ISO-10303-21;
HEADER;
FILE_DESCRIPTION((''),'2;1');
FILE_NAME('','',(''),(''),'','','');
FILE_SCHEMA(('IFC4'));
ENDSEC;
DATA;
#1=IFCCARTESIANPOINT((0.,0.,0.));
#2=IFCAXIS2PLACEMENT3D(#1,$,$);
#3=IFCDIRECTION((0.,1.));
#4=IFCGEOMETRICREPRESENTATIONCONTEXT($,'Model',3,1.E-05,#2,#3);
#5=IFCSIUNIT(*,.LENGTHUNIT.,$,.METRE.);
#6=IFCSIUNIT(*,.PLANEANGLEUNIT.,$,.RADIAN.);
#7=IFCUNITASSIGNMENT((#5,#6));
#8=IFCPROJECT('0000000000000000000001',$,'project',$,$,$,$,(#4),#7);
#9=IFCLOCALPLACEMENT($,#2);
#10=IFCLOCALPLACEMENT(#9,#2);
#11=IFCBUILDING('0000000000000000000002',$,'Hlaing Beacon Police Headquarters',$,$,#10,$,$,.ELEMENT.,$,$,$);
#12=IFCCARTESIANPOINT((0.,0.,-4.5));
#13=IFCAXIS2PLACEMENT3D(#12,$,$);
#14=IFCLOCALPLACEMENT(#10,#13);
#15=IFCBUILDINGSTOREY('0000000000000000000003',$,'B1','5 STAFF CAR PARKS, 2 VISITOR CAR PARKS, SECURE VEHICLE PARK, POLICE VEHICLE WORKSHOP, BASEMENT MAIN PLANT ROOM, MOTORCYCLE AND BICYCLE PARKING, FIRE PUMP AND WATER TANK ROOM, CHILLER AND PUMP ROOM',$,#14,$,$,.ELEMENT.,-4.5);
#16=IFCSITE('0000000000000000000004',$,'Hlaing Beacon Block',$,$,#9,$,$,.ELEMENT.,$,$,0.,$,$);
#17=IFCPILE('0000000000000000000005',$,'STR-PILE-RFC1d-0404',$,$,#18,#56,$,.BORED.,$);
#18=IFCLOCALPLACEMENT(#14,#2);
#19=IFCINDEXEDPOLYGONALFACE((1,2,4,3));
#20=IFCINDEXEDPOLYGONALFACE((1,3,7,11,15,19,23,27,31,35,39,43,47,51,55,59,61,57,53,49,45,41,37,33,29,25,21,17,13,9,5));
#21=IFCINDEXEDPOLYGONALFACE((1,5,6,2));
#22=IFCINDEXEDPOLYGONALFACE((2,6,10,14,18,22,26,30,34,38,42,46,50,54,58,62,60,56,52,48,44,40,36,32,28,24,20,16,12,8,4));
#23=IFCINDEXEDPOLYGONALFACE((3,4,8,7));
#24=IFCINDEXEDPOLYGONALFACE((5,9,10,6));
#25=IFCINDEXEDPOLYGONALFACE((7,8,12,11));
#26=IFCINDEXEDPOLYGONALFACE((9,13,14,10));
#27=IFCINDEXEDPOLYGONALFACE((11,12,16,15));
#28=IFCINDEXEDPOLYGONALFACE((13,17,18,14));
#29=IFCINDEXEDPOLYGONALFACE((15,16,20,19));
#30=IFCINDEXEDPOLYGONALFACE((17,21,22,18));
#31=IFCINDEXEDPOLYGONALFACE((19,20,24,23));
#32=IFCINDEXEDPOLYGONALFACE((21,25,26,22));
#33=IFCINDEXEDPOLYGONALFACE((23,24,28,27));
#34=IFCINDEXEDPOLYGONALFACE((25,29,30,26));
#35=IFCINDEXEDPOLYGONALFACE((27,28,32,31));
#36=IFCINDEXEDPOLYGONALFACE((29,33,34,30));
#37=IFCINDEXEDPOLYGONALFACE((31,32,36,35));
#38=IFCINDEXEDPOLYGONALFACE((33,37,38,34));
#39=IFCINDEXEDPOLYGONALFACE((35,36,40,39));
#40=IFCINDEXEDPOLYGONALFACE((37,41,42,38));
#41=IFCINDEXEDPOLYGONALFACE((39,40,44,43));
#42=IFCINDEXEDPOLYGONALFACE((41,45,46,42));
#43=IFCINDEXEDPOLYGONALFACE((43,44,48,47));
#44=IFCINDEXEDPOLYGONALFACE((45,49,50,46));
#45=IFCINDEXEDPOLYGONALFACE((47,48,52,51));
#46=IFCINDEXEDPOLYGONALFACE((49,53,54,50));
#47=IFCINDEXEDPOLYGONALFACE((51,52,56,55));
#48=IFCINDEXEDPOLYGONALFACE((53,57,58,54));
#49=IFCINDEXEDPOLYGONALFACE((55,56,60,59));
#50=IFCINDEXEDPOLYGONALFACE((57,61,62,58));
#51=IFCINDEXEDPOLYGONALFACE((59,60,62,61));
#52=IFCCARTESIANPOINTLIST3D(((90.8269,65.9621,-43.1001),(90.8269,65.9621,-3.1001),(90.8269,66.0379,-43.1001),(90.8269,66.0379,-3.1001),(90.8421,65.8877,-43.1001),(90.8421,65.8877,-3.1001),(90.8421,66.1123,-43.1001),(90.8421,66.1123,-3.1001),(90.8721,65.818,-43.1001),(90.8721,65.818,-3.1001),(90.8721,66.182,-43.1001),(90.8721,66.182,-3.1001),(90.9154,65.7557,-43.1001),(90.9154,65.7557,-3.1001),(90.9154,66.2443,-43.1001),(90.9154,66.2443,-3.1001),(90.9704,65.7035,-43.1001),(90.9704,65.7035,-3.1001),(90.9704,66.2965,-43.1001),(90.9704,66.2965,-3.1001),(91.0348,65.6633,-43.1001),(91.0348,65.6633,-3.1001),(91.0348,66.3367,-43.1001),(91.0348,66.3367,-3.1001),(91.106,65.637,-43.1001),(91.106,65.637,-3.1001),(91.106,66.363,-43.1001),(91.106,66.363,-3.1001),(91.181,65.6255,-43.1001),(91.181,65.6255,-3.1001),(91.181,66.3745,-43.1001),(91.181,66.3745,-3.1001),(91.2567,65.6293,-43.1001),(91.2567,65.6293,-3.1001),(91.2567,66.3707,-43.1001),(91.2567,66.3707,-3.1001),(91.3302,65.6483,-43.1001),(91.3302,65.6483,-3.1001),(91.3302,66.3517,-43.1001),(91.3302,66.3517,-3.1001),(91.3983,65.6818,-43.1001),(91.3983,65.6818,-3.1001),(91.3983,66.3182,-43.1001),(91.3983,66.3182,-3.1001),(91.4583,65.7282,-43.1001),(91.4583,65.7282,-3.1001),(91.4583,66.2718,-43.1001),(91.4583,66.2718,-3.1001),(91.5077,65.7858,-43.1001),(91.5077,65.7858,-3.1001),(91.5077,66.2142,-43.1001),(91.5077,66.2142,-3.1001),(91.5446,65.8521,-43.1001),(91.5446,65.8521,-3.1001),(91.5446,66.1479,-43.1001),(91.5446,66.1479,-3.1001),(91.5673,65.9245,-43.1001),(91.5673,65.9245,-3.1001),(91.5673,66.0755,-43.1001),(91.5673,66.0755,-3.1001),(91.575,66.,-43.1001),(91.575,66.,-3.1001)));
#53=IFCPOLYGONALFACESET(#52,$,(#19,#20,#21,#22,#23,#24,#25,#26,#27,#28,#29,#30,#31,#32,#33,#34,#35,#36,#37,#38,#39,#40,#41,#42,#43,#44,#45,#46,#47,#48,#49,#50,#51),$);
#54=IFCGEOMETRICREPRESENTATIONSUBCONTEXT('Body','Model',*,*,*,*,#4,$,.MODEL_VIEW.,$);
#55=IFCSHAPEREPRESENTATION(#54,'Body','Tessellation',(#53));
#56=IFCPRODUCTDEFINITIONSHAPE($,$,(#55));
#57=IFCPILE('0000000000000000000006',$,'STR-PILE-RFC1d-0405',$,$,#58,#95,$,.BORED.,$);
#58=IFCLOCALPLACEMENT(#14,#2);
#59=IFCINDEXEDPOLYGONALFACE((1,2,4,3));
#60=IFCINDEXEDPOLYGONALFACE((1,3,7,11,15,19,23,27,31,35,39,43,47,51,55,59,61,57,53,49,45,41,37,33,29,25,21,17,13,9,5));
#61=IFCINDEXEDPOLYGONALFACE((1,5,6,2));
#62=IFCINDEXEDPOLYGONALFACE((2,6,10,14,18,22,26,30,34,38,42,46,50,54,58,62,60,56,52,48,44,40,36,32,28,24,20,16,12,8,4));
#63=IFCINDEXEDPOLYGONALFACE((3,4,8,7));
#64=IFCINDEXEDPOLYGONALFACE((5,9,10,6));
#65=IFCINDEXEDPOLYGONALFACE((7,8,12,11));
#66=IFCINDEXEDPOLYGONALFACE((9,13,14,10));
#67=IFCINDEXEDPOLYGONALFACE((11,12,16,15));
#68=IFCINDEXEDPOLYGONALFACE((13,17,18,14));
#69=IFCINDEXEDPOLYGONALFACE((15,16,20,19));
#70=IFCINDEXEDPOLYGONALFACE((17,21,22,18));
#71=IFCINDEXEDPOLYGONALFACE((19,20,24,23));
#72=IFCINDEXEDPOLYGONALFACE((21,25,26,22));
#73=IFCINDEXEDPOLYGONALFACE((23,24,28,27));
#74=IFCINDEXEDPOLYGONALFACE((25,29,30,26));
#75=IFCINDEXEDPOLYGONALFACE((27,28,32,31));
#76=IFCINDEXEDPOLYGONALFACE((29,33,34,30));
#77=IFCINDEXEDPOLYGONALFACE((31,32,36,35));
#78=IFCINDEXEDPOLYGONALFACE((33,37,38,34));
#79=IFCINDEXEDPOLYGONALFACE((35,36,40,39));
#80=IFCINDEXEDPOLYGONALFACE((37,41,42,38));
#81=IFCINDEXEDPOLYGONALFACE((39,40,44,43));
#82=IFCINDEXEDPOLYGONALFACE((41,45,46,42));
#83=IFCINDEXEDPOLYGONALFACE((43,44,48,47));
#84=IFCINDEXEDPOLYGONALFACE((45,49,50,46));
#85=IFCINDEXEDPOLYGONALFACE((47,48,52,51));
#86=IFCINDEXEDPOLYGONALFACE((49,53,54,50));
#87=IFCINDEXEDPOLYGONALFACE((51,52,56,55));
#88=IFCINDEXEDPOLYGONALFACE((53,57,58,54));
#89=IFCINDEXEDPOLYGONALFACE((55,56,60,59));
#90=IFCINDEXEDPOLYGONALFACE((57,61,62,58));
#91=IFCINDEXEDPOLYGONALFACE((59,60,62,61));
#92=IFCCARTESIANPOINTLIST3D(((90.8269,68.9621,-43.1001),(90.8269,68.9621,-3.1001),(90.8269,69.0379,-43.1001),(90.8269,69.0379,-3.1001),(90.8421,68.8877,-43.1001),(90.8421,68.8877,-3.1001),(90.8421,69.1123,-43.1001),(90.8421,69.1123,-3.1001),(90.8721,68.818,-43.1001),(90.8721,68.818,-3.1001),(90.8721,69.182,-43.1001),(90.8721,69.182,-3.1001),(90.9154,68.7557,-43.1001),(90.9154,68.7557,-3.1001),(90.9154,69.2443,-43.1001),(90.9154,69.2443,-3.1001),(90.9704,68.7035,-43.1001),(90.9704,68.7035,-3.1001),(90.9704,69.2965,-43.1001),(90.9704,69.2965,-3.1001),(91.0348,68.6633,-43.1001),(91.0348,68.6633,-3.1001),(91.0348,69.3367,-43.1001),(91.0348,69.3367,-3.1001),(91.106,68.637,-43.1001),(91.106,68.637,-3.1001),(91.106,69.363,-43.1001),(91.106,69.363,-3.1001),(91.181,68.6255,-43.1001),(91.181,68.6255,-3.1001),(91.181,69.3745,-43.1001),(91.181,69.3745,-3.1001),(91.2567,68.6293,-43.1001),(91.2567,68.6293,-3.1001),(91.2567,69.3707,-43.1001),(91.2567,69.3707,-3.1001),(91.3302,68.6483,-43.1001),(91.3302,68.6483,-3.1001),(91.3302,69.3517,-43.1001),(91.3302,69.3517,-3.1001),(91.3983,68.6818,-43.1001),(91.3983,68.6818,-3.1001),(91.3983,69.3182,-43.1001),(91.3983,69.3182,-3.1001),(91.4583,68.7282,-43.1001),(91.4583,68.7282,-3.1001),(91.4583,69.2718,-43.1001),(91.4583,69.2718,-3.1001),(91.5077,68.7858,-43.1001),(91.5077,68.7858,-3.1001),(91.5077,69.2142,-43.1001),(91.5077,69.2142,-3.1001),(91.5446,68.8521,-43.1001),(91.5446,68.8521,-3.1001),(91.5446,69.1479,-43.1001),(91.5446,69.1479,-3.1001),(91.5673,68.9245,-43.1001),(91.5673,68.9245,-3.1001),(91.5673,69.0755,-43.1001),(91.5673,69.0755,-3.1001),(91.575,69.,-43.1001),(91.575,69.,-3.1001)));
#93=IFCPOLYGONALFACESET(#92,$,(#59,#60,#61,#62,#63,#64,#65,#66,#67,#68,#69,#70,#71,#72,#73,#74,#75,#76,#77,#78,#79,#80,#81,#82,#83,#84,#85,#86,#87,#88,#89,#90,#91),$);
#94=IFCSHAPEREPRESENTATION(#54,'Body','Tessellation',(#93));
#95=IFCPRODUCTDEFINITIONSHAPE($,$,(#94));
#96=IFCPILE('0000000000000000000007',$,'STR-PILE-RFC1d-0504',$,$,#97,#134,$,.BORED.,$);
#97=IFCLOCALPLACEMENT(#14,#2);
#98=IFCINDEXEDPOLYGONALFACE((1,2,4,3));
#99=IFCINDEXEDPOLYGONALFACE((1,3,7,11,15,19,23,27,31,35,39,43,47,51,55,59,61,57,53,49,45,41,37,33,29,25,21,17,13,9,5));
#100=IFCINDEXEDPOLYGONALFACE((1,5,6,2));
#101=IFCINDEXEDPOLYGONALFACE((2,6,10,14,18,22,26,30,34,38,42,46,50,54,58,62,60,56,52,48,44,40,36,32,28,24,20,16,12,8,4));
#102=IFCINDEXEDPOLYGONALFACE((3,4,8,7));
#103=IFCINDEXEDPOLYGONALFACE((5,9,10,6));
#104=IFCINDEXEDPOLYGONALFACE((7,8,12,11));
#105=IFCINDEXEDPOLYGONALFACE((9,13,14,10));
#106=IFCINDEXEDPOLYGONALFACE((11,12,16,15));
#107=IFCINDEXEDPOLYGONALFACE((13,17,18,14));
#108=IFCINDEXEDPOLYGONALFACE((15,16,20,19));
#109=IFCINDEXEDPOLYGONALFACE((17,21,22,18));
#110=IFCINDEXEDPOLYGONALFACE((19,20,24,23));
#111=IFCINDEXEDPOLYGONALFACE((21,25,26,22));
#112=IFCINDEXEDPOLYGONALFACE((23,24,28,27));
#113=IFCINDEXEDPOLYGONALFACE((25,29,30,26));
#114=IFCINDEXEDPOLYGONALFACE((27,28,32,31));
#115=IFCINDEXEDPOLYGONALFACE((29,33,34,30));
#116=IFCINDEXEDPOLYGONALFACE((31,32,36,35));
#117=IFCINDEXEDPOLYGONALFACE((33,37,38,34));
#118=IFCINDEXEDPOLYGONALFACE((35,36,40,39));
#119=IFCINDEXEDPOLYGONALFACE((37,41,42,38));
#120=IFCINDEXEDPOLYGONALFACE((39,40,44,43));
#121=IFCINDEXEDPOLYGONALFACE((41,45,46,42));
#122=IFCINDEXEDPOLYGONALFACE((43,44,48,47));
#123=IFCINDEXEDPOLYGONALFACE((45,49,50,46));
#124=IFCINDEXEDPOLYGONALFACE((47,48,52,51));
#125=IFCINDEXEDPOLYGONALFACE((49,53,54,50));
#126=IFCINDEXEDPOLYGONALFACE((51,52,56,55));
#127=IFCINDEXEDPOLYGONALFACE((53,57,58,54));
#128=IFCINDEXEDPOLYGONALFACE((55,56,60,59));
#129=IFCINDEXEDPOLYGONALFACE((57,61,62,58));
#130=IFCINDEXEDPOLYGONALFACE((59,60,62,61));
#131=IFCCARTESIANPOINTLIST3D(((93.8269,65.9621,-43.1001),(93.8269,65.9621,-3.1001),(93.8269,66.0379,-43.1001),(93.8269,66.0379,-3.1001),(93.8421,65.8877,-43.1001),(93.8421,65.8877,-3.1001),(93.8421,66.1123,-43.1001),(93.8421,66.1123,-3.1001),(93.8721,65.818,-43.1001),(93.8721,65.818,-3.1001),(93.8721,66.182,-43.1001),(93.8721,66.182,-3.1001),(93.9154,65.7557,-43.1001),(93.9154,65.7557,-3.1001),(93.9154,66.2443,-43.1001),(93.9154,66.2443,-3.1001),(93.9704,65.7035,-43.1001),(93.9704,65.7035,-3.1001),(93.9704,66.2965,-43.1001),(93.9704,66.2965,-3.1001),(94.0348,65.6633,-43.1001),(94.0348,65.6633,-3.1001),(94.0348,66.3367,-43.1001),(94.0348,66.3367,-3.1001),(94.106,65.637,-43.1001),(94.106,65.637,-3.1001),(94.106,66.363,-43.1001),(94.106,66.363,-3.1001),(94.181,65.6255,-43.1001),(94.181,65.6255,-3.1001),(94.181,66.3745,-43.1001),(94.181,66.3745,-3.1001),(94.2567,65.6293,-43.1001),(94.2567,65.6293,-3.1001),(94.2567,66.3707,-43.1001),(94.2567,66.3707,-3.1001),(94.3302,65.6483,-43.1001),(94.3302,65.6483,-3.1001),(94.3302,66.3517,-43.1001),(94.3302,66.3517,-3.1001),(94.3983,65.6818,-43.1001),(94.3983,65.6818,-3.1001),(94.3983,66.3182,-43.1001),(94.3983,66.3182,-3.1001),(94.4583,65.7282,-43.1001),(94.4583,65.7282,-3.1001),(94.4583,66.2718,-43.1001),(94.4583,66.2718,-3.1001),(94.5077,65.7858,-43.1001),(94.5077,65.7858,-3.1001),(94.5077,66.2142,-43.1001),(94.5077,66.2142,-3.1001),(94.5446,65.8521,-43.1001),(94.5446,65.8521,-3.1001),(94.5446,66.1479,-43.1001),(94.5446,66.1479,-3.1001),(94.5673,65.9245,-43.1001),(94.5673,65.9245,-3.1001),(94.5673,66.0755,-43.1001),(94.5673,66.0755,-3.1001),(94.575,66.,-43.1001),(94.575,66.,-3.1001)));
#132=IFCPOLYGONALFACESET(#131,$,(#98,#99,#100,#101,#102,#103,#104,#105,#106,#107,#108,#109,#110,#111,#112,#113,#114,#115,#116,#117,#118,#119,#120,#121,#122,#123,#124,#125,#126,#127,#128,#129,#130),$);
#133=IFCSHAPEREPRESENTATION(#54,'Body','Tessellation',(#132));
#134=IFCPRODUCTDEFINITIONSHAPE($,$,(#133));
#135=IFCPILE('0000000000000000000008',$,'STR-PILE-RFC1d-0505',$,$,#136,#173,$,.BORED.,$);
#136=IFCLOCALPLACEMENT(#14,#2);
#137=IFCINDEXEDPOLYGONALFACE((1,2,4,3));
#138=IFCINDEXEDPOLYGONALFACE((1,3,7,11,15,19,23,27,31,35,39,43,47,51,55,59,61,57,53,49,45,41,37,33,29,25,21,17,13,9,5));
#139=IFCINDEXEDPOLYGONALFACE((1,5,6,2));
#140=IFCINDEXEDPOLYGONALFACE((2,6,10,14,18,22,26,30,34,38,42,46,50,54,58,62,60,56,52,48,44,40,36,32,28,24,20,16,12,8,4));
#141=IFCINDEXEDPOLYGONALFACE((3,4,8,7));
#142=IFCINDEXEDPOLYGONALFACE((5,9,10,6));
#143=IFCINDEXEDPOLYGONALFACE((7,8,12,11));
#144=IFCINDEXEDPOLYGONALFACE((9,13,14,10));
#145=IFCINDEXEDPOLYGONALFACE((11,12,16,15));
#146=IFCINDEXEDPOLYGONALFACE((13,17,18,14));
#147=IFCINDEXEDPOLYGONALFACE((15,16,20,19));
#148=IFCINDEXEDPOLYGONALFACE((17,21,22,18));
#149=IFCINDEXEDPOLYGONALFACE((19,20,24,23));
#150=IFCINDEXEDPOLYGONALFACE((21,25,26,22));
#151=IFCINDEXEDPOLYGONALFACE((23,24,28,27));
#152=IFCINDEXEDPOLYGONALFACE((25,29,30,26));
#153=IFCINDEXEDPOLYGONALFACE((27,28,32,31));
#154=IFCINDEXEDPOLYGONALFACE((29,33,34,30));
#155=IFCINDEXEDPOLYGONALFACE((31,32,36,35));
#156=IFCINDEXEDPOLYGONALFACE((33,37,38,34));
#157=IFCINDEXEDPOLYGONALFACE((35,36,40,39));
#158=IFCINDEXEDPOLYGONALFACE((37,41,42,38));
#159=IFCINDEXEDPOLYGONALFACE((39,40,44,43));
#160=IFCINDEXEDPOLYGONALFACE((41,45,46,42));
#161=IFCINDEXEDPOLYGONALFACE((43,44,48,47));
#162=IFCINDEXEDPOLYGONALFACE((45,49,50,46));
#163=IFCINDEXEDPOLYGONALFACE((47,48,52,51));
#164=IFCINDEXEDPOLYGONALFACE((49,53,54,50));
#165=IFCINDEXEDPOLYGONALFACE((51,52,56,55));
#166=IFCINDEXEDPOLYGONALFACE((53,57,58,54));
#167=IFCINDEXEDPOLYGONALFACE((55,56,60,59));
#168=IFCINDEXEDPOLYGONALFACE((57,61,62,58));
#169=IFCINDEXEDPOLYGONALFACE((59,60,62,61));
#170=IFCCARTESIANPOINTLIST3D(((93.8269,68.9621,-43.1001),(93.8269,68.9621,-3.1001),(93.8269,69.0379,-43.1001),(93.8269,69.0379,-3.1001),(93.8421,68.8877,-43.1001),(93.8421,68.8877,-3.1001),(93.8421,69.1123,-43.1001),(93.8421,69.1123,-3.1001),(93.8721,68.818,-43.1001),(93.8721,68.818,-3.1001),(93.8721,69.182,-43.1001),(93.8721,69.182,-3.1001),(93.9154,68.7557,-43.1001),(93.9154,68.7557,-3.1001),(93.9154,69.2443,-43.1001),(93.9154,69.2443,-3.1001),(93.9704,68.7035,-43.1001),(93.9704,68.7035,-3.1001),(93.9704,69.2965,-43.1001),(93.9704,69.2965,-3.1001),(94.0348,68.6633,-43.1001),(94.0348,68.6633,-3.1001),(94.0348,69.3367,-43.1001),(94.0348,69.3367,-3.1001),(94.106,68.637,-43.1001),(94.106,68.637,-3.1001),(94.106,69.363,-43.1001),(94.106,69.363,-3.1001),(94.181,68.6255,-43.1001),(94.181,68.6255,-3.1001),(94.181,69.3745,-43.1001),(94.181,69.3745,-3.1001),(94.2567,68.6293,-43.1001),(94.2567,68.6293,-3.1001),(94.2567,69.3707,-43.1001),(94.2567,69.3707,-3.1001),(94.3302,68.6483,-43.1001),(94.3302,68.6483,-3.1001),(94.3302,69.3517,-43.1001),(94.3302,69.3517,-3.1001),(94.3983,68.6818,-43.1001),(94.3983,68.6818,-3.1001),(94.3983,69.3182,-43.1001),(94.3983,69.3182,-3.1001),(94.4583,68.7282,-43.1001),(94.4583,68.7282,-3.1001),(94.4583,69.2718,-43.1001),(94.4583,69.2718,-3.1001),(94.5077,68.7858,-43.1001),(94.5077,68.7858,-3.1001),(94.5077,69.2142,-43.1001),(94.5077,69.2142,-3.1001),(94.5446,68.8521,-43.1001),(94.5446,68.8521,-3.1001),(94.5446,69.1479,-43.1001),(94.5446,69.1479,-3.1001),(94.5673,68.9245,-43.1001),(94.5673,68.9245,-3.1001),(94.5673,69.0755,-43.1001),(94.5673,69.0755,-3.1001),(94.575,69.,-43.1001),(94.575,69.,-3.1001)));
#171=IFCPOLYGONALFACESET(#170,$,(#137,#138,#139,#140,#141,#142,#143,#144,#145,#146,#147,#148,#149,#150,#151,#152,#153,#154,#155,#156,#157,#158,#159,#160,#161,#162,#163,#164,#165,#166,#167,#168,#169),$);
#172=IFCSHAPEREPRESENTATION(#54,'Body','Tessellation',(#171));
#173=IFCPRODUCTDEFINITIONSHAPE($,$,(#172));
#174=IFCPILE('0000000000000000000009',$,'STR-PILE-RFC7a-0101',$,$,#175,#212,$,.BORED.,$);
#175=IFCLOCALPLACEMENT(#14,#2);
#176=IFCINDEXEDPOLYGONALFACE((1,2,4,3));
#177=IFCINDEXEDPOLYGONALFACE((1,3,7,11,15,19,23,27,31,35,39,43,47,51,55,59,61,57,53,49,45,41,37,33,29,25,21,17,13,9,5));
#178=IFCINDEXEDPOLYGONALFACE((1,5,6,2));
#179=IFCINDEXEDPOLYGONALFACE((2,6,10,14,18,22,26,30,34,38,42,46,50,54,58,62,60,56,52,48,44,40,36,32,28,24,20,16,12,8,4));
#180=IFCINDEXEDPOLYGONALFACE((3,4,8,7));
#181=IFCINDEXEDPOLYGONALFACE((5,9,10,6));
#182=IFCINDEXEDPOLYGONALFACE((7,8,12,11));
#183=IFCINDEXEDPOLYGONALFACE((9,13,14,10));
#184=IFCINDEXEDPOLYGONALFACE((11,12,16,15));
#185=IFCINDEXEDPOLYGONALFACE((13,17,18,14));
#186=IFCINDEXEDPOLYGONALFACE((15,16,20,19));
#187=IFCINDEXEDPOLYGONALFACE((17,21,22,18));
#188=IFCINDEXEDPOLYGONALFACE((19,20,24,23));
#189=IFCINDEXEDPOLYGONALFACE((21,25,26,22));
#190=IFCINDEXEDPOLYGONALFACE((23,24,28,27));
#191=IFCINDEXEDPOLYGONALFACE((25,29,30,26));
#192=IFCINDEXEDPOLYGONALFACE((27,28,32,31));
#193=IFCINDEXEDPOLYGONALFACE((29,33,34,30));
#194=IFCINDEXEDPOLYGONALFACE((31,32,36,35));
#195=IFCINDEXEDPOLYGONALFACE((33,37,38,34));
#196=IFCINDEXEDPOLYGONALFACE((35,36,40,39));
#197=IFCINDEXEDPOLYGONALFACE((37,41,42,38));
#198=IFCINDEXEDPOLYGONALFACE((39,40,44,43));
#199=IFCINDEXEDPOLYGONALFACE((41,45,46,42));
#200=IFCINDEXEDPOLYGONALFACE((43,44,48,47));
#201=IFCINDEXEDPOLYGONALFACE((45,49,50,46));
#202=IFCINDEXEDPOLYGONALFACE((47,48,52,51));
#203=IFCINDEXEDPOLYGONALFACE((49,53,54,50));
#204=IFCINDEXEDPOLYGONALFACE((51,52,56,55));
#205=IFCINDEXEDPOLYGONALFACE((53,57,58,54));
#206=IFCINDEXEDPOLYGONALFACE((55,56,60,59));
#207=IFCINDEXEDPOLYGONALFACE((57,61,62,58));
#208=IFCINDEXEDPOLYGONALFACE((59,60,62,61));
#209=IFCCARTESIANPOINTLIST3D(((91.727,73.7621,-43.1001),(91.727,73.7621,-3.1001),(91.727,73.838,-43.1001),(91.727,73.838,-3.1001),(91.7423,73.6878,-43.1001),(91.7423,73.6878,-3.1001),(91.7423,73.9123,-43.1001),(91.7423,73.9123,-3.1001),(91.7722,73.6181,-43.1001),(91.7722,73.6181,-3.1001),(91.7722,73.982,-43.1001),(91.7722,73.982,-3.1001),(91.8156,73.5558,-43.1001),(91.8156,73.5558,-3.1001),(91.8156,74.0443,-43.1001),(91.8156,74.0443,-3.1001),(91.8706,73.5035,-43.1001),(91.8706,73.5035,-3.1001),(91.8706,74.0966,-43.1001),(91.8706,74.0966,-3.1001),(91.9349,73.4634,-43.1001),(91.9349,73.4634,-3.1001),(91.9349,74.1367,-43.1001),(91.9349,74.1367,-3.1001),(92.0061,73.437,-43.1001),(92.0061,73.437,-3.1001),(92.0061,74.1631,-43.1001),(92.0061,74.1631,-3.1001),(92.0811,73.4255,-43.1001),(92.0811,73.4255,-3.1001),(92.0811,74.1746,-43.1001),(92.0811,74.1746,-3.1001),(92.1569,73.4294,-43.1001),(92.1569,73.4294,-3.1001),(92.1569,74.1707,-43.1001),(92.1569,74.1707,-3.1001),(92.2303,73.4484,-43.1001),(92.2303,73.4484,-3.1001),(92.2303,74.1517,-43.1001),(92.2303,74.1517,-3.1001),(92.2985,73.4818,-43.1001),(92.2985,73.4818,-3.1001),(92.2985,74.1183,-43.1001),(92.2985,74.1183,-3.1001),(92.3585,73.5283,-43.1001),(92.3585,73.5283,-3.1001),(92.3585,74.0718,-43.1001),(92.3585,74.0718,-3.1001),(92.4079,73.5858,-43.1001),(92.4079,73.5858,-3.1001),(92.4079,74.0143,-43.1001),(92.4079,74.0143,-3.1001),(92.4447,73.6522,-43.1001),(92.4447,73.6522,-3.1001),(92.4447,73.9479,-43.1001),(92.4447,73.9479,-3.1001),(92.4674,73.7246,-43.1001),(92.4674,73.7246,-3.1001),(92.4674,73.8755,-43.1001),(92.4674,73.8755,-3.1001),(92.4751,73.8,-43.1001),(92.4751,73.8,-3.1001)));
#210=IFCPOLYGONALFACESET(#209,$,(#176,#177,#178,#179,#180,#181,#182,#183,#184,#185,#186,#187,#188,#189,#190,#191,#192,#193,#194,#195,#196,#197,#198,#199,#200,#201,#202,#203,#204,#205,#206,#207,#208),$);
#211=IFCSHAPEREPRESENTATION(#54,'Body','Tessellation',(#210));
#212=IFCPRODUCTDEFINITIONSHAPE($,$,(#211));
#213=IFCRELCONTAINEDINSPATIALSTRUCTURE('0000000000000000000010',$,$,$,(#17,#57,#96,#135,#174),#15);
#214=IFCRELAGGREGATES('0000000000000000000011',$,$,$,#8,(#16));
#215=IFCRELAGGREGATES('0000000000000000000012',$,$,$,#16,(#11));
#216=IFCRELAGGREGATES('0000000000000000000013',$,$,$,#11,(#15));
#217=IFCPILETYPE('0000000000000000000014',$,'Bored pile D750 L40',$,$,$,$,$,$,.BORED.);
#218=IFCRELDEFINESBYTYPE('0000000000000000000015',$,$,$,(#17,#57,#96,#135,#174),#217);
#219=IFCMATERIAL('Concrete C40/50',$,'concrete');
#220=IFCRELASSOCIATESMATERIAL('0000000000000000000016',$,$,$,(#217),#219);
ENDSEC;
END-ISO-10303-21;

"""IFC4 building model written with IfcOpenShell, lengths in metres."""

from ifc_helpers import new_model, si_unit, direction, frame, origin, origin_2d, place, context, subcontext, project, spatial, circle, extrude, material, material_profile, profile_set, type_object, element, save


model = new_model("IFC4")

# Units and contexts
model_context = context("Model", 3, precision=1e-05, world=origin(), true_north=direction((0.0, 1.0)))
body_context = subcontext(model_context, "Body", "Model", "MODEL_VIEW")
ifc_project = project(units=[si_unit("LENGTHUNIT", "METRE"), si_unit("PLANEANGLEUNIT", "RADIAN")], contexts=[model_context])

# Site, building, storey
site_placement = place(None, origin())
site = spatial("IfcSite", under=ifc_project, at=site_placement, Name="Hlaing Beacon Block", CompositionType="ELEMENT", RefElevation=0.0)
building_placement = place(site_placement, origin())
building = spatial("IfcBuilding", under=site, at=building_placement, Name="Hlaing Beacon Police Headquarters", CompositionType="ELEMENT")
storey_placement = place(building_placement, frame((0.0, 0.0, -4.5)))
storey = spatial("IfcBuildingStorey", under=building, at=storey_placement, Name="B1", Description="5 STAFF CAR PARKS, 2 VISITOR CAR PARKS, SECURE VEHICLE PARK, POLICE VEHICLE WORKSHOP, BASEMENT MAIN PLANT ROOM, MOTORCYCLE AND BICYCLE PARKING, FIRE PUMP AND WATER TANK ROOM, CHILLER AND PUMP ROOM", CompositionType="ELEMENT", Elevation=-4.5)

# Piles
ifc_material_1 = material(Name="Concrete C40/50", Category="concrete")
ifc_material_profile_1 = material_profile(ifc_material_1, circle(Radius=0.375, at=origin_2d()), Name="D750")
ifc_profile_set_1 = profile_set([ifc_material_profile_1], Name="Concrete C40/50")
pile_type_1 = type_object("IfcPileType", Name="Bored pile D750 L40", PredefinedType="BORED", material=ifc_profile_set_1)
for number, where, z_axis, x_axis, name in (
    (1, (91.2, 66.0, -3.1001), (0.0, 0.0, -1.0), (1.0, 0.0, 0.0), "STR-PILE-RFC1d-0404"),
    (2, (91.2, 69.0, -3.1001), (0.0, 0.0, -1.0), (1.0, 0.0, 0.0), "STR-PILE-RFC1d-0405"),
    (3, (94.2, 66.0, -3.1001), (0.0, 0.0, -1.0), (1.0, 0.0, 0.0), "STR-PILE-RFC1d-0504"),
    (4, (94.2, 69.0, -3.1001), (0.0, 0.0, -1.0), (1.0, 0.0, 0.0), "STR-PILE-RFC1d-0505"),
    (5, (92.1001, 73.8, -3.1001), (0.0, 0.0, -1.0), (1.0, 0.0, 0.0), "STR-PILE-RFC7a-0101"),
):
    element("IfcPile", number, at=place(storey_placement, frame(where, z_axis=z_axis, x_axis=x_axis)), inside=storey, type_object=pile_type_1, Name=name, PredefinedType="BORED", context=body_context, shape_type="SweptSolid", body=[
        extrude(circle(Radius=0.375, at=origin_2d()), origin(), (0.0, 0.0, 1.0), 40.0),
    ])

save(model, "model.ifc")
